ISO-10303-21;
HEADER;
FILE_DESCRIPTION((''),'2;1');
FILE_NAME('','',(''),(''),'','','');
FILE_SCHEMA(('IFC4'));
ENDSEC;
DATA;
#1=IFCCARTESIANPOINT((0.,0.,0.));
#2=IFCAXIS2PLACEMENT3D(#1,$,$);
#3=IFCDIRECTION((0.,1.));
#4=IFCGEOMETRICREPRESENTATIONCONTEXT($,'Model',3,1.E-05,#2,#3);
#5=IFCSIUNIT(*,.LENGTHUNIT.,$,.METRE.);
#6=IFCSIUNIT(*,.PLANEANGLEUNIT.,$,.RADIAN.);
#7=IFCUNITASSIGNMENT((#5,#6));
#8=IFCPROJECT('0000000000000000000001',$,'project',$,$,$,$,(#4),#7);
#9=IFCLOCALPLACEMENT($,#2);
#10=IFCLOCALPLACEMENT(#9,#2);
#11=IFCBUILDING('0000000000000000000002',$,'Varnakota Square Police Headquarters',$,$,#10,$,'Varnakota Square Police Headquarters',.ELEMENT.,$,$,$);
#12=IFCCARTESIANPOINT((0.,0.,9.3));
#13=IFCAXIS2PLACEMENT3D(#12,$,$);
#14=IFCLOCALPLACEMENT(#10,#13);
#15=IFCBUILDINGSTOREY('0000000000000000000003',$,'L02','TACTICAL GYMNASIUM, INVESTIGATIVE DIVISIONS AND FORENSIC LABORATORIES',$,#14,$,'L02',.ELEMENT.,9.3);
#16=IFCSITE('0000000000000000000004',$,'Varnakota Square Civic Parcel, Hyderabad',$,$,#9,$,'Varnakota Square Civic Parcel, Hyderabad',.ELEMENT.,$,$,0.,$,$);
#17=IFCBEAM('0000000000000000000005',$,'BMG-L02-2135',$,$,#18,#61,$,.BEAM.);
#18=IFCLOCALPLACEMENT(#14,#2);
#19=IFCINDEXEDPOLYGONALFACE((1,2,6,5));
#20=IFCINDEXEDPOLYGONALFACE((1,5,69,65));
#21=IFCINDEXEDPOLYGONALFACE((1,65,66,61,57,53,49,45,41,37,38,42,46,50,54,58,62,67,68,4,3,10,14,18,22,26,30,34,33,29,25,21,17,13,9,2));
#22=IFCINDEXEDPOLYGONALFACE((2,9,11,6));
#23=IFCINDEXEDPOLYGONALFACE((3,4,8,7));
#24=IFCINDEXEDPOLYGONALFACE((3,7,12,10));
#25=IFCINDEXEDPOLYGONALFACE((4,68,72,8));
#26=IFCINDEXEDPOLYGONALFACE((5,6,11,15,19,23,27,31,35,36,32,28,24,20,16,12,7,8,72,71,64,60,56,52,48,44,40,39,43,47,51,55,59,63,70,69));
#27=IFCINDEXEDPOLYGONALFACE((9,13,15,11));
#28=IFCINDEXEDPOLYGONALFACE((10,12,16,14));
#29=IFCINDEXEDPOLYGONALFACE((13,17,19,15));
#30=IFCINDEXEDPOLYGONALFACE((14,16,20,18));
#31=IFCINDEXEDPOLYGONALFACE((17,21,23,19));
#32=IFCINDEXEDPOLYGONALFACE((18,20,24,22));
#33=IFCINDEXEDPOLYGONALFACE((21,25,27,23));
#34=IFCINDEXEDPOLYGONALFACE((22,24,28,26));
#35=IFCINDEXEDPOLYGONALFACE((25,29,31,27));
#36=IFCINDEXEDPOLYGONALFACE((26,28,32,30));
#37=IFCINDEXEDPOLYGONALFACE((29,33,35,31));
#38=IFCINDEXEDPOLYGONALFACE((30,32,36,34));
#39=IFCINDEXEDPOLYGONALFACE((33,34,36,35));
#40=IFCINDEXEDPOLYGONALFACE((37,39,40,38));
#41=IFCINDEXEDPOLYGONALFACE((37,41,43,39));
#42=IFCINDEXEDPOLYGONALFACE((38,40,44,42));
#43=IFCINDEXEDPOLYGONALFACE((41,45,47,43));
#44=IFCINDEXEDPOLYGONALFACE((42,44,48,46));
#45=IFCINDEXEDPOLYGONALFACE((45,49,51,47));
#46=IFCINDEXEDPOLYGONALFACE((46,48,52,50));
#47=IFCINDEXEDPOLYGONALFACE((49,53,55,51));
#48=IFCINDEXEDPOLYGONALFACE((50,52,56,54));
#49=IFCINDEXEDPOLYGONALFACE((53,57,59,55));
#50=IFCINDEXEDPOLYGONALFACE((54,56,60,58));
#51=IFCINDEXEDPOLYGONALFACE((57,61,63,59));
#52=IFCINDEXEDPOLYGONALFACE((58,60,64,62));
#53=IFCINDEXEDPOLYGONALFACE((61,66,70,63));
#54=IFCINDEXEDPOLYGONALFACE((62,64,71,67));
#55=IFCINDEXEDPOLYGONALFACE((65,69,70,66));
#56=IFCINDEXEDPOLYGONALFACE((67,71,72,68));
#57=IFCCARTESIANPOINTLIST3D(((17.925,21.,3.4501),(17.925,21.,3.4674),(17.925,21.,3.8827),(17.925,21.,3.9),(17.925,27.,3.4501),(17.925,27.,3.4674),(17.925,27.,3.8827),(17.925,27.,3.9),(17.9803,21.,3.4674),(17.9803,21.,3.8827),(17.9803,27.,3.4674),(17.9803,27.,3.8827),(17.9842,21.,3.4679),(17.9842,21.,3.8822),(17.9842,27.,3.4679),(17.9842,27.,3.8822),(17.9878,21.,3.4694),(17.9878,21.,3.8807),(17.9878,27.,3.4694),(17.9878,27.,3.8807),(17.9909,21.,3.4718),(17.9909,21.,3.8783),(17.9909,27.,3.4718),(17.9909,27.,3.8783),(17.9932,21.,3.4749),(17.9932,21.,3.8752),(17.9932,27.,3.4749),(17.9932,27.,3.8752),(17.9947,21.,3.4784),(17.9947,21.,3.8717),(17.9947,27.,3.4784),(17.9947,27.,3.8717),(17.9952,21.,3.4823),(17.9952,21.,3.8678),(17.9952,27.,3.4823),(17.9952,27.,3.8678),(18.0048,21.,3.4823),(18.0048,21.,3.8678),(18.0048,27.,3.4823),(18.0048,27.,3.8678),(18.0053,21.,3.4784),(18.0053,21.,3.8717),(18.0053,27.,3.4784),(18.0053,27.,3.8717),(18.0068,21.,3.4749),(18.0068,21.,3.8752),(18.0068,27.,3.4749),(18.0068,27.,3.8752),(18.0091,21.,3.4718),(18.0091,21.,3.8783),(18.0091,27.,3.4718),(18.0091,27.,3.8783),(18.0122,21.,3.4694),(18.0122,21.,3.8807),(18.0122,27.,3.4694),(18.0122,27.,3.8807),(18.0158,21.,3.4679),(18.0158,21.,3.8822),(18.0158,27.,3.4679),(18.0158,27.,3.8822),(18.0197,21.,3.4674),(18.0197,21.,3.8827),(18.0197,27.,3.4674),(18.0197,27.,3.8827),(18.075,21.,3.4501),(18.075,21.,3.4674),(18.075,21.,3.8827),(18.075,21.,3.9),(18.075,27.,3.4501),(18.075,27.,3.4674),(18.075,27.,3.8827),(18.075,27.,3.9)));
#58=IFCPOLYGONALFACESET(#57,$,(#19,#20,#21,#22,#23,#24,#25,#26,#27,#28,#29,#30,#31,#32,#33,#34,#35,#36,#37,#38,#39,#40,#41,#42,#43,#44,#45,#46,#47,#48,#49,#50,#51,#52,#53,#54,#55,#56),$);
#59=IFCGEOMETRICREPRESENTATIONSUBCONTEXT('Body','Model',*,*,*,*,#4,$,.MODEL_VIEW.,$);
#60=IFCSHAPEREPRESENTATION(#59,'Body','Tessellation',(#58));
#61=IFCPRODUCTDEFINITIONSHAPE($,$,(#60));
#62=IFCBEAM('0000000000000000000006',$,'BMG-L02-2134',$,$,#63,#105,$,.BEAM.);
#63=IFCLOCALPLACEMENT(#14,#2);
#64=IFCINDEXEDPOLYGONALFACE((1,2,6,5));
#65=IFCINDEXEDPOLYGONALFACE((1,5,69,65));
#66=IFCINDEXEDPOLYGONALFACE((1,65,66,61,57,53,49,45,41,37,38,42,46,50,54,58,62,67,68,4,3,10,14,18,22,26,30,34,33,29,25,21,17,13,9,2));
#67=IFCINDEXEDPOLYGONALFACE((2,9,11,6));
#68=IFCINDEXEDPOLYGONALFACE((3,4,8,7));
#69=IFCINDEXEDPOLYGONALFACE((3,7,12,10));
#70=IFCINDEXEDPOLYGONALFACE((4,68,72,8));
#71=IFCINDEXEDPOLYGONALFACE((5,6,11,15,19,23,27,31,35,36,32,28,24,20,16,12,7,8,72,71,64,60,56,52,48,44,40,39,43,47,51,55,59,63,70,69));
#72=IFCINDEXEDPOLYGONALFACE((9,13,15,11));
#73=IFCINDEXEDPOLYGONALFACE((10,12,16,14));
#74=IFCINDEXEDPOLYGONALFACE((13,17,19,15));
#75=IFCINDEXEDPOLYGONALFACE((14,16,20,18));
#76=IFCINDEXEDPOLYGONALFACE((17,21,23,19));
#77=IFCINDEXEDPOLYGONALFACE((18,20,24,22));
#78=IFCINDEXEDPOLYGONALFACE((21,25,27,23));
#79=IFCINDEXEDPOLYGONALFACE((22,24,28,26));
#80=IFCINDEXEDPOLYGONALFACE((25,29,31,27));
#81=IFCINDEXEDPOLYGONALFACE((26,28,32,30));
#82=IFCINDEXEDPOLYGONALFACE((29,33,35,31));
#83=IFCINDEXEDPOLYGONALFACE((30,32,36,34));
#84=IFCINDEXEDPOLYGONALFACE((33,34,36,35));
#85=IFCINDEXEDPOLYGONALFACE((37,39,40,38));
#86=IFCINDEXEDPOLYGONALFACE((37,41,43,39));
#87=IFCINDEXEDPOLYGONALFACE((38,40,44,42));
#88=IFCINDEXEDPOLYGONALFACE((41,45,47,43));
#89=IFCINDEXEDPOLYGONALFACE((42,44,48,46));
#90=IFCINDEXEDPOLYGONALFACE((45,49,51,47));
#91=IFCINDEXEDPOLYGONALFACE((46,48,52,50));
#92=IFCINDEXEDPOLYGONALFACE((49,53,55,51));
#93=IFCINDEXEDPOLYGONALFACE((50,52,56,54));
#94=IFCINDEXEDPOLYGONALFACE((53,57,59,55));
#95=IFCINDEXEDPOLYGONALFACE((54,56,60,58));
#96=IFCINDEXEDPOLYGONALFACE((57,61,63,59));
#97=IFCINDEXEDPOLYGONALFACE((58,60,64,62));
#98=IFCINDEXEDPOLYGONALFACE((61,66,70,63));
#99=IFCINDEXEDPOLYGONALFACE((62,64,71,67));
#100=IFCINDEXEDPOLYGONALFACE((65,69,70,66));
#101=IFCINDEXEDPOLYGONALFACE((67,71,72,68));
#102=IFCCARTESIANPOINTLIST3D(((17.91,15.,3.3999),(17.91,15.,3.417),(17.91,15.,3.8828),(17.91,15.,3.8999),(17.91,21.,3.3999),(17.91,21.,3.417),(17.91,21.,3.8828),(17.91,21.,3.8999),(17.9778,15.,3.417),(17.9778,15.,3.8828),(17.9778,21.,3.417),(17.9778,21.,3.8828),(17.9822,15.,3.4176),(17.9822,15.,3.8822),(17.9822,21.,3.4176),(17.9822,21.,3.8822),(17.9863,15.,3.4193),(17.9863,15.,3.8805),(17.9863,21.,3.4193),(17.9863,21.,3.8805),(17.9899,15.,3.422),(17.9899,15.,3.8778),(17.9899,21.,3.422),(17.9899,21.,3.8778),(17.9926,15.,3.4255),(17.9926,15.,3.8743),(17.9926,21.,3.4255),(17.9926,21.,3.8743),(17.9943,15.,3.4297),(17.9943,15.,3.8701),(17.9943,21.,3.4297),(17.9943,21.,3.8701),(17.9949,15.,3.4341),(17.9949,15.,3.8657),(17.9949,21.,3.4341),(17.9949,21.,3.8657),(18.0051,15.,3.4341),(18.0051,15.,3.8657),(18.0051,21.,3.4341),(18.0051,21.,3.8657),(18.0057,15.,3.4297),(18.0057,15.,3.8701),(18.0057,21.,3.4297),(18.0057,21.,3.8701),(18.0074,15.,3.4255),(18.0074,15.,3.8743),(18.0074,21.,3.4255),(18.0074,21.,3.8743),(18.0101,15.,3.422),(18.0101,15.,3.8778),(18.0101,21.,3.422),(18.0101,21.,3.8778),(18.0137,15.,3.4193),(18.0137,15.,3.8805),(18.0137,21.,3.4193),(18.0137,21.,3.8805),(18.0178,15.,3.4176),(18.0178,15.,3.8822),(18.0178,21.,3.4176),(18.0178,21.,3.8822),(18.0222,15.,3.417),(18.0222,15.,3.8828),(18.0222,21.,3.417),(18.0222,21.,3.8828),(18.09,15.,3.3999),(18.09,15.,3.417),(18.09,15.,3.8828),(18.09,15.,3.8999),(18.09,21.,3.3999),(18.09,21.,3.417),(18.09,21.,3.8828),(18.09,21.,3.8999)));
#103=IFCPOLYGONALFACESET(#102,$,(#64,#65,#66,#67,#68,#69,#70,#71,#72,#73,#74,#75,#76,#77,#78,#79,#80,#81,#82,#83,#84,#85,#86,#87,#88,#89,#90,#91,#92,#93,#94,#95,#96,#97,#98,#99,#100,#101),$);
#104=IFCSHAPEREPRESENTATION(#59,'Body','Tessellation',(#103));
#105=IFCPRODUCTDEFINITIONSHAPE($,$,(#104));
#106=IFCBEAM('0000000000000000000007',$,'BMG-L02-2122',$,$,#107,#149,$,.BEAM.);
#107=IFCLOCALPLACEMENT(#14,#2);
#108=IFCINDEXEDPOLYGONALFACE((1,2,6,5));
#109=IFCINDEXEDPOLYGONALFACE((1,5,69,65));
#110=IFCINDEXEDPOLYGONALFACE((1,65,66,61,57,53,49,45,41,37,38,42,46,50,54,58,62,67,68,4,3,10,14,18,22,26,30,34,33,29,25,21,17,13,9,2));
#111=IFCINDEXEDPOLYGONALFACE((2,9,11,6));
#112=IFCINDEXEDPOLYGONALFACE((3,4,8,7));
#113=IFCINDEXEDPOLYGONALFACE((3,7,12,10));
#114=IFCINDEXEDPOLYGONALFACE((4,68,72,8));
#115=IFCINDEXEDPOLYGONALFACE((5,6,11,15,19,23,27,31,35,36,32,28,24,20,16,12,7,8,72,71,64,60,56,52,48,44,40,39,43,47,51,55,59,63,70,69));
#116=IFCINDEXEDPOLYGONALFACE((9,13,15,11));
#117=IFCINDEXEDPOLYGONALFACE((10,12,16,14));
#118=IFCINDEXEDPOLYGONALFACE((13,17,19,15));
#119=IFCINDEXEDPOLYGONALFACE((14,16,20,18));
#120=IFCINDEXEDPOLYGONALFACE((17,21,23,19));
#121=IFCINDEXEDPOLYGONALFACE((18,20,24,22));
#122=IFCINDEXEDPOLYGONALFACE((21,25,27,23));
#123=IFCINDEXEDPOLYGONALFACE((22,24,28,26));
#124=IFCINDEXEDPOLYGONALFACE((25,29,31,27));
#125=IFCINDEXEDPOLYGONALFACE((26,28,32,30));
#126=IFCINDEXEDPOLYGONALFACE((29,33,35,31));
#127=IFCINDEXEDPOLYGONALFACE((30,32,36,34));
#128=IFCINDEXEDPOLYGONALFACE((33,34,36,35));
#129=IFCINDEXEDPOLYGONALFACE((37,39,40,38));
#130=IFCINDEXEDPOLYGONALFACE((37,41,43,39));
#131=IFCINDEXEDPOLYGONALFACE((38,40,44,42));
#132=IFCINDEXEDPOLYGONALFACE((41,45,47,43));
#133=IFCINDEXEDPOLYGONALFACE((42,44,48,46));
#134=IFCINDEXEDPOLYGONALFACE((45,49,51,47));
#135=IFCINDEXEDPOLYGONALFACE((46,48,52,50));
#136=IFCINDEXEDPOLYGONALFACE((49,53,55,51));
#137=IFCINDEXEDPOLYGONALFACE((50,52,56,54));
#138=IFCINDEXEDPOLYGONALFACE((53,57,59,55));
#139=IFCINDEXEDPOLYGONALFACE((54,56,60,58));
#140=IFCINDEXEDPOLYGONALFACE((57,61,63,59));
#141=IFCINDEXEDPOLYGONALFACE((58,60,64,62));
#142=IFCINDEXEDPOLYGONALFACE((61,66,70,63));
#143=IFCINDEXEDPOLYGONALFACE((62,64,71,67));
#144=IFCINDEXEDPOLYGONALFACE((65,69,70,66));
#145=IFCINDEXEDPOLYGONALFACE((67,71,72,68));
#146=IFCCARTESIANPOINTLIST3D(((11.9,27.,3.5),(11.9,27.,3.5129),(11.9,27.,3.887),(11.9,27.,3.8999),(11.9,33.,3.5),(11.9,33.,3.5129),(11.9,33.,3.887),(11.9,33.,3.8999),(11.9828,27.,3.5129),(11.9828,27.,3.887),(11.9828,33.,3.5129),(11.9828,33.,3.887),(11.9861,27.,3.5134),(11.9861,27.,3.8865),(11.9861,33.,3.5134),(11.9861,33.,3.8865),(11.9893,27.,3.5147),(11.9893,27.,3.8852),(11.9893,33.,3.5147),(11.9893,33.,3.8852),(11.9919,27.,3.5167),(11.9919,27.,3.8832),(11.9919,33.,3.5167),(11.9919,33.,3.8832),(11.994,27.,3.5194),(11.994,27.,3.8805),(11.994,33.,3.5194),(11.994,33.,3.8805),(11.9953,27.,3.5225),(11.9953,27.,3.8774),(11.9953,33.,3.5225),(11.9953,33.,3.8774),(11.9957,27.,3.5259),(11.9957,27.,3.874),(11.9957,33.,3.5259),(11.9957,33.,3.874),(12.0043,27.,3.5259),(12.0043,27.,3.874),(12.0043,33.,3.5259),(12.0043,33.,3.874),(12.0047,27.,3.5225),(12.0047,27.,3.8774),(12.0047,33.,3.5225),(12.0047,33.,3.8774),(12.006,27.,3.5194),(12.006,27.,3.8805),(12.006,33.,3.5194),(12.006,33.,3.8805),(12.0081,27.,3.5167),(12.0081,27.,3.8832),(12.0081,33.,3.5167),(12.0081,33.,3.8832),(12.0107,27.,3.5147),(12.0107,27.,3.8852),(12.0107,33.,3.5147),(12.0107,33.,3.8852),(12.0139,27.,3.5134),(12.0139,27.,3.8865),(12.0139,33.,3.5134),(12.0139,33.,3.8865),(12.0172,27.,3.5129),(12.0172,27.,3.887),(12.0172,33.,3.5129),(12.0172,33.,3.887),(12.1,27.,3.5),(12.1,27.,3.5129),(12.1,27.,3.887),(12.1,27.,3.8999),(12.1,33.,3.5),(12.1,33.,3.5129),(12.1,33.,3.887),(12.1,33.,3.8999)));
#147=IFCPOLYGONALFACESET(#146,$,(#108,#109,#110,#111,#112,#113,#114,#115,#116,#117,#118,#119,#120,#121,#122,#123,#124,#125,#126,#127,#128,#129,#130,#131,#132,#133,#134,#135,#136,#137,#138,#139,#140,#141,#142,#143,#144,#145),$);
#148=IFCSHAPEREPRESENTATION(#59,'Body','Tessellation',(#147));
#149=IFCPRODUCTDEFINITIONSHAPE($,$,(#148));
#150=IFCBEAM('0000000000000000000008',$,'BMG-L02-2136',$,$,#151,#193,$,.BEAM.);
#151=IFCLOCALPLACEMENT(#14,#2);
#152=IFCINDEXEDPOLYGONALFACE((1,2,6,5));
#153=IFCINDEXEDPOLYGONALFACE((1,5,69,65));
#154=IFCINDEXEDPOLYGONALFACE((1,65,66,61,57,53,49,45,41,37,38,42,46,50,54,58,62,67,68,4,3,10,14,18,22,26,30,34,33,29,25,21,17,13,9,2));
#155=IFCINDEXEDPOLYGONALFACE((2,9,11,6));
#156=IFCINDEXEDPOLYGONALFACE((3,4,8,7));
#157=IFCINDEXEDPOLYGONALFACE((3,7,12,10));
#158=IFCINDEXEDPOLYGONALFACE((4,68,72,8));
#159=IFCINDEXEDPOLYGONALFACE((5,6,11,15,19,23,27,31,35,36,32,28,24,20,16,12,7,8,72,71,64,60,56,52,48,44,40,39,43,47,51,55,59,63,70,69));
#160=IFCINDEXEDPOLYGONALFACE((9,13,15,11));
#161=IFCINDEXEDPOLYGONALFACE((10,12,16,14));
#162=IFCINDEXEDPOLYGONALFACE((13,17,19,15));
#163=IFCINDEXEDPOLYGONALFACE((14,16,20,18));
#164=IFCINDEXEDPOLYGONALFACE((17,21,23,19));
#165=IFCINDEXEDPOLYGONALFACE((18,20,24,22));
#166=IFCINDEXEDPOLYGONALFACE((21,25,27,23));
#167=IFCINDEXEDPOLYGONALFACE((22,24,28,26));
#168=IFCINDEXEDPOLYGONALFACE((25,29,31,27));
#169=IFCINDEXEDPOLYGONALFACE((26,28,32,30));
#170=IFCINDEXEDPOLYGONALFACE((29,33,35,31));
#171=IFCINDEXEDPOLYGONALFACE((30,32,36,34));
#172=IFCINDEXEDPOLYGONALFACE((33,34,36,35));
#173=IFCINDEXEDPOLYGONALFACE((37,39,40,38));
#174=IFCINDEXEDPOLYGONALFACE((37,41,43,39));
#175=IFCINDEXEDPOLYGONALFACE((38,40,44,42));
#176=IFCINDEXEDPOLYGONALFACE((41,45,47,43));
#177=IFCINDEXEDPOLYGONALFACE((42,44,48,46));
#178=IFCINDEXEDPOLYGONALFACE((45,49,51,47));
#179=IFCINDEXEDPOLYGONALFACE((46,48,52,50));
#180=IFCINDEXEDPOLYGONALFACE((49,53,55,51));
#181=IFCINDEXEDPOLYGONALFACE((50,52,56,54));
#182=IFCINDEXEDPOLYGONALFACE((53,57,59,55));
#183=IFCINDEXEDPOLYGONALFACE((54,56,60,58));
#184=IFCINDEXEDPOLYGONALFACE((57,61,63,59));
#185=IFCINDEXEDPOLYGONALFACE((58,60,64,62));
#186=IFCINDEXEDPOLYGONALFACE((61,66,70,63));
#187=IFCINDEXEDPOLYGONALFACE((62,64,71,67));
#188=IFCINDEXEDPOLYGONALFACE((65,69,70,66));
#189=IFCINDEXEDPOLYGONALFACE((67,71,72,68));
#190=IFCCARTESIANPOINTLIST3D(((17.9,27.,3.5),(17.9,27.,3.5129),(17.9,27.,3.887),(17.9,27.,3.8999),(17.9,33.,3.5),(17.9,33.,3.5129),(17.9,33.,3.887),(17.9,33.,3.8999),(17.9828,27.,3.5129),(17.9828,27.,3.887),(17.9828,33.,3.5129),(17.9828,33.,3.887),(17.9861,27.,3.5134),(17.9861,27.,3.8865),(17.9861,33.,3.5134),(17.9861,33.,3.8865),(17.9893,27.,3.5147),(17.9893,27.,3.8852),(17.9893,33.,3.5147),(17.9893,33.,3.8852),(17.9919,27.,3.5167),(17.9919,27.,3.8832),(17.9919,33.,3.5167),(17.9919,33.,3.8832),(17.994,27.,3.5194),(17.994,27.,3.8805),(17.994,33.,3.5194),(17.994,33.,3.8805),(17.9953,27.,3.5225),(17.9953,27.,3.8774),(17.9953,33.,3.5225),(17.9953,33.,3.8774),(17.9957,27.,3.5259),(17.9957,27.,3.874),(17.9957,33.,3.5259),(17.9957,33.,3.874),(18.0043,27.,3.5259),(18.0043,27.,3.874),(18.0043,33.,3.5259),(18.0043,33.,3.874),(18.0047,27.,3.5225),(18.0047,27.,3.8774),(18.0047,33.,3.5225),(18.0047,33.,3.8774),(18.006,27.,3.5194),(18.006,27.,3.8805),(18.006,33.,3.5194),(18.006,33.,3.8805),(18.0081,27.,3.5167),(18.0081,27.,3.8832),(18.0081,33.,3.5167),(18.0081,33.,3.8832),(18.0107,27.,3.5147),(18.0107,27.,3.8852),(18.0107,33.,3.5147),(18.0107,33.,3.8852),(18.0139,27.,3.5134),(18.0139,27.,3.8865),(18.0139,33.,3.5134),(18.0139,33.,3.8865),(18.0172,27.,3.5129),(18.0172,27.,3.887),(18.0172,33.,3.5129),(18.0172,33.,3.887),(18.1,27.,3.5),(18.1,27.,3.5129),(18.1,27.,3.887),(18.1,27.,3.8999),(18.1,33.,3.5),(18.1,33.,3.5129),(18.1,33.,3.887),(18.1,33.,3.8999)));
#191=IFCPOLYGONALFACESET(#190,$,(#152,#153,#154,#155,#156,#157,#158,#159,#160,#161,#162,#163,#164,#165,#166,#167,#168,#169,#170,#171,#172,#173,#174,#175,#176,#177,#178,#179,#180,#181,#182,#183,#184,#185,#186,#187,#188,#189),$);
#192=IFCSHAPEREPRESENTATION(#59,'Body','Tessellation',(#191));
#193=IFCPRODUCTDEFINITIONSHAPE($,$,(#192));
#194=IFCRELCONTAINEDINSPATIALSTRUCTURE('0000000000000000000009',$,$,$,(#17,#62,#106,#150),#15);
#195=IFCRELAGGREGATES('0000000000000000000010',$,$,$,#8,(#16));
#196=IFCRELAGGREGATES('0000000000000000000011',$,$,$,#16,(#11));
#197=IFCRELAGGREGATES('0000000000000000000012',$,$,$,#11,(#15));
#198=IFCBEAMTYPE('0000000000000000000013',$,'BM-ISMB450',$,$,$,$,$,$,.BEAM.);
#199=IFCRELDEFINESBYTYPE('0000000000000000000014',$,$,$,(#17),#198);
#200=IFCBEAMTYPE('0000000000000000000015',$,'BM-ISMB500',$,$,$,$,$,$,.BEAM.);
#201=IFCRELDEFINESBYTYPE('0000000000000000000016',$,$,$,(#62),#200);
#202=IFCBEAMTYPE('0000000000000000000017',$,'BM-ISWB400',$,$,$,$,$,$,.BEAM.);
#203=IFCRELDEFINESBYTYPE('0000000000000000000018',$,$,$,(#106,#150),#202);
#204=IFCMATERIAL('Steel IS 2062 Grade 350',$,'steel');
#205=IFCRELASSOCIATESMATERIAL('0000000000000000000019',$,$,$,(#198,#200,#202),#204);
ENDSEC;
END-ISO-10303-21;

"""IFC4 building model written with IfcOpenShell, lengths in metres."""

from ifc_helpers import new_model, si_unit, direction, frame, origin, origin_2d, place, context, subcontext, project, spatial, i_section, extrude, material, material_profile, profile_set, type_object, element, save


model = new_model("IFC4")

# Units and contexts
model_context = context("Model", 3, precision=1e-05, world=origin(), true_north=direction((0.0, 1.0)))
body_context = subcontext(model_context, "Body", "Model", "MODEL_VIEW")
ifc_project = project(units=[si_unit("LENGTHUNIT", "METRE"), si_unit("PLANEANGLEUNIT", "RADIAN")], contexts=[model_context])

# Site, building, storey
site_placement = place(None, origin())
site = spatial("IfcSite", under=ifc_project, at=site_placement, Name="Varnakota Square Civic Parcel, Hyderabad", LongName="Varnakota Square Civic Parcel, Hyderabad", CompositionType="ELEMENT", RefElevation=0.0)
building_placement = place(site_placement, origin())
building = spatial("IfcBuilding", under=site, at=building_placement, Name="Varnakota Square Police Headquarters", LongName="Varnakota Square Police Headquarters", CompositionType="ELEMENT")
storey_placement = place(building_placement, frame((0.0, 0.0, 9.3)))
storey = spatial("IfcBuildingStorey", under=building, at=storey_placement, Name="L02", Description="TACTICAL GYMNASIUM, INVESTIGATIVE DIVISIONS AND FORENSIC LABORATORIES", LongName="L02", CompositionType="ELEMENT", Elevation=9.3)

# Shared definitions
ifc_material_1 = material(Name="Steel IS 2062 Grade 350", Category="steel")

# Beams
ifc_material_profile_1 = material_profile(ifc_material_1, i_section(OverallWidth=0.1499, OverallDepth=0.45, WebThickness=0.0095, FlangeThickness=0.0173, FilletRadius=0.0149, at=origin_2d()), Name="ISMB 450")
ifc_profile_set_1 = profile_set([ifc_material_profile_1], Name="Steel IS 2062 Grade 350")
beam_type_1 = type_object("IfcBeamType", Name="BM-ISMB450", PredefinedType="BEAM", material=ifc_profile_set_1)
beam_1_placement = place(storey_placement, frame((18.0, 21.0, 3.675), z_axis=(0.0, 1.0, 0.0), x_axis=(-1.0, 0.0, 0.0)))
element("IfcBeam", 1, at=beam_1_placement, inside=storey, type_object=beam_type_1, Name="BMG-L02-2135", PredefinedType="BEAM", context=body_context, shape_type="SweptSolid", body=[
    extrude(i_section(OverallWidth=0.1499, OverallDepth=0.45, WebThickness=0.0095, FlangeThickness=0.0173, FilletRadius=0.0149, at=origin_2d()), origin(), (0.0, 0.0, 1.0), 6.0),
])
ifc_material_profile_2 = material_profile(ifc_material_1, i_section(OverallWidth=0.1799, OverallDepth=0.5, WebThickness=0.0103, FlangeThickness=0.0171, FilletRadius=0.0171, at=origin_2d()), Name="ISMB 500")
ifc_profile_set_2 = profile_set([ifc_material_profile_2], Name="Steel IS 2062 Grade 350")
beam_type_2 = type_object("IfcBeamType", Name="BM-ISMB500", PredefinedType="BEAM", material=ifc_profile_set_2)
beam_2_placement = place(storey_placement, frame((18.0, 15.0, 3.6499), z_axis=(0.0, 1.0, 0.0), x_axis=(-1.0, 0.0, 0.0)))
element("IfcBeam", 2, at=beam_2_placement, inside=storey, type_object=beam_type_2, Name="BMG-L02-2134", PredefinedType="BEAM", context=body_context, shape_type="SweptSolid", body=[
    extrude(i_section(OverallWidth=0.1799, OverallDepth=0.5, WebThickness=0.0103, FlangeThickness=0.0171, FilletRadius=0.0171, at=origin_2d()), origin(), (0.0, 0.0, 1.0), 6.0),
])
ifc_material_profile_3 = material_profile(ifc_material_1, i_section(OverallWidth=0.2, OverallDepth=0.3999, WebThickness=0.0085, FlangeThickness=0.0129, FilletRadius=0.0129, at=origin_2d()), Name="ISWB 400")
ifc_profile_set_3 = profile_set([ifc_material_profile_3], Name="Steel IS 2062 Grade 350")
beam_type_3 = type_object("IfcBeamType", Name="BM-ISWB400", PredefinedType="BEAM", material=ifc_profile_set_3)
for number, where, z_axis, x_axis, name in (
    (3, (12.0, 27.0, 3.7), (0.0, 1.0, 0.0), (-1.0, 0.0, 0.0), "BMG-L02-2122"),
    (4, (18.0, 27.0, 3.7), (0.0, 1.0, 0.0), (-1.0, 0.0, 0.0), "BMG-L02-2136"),
):
    element("IfcBeam", number, at=place(storey_placement, frame(where, z_axis=z_axis, x_axis=x_axis)), inside=storey, type_object=beam_type_3, Name=name, PredefinedType="BEAM", context=body_context, shape_type="SweptSolid", body=[
        extrude(i_section(OverallWidth=0.2, OverallDepth=0.3999, WebThickness=0.0085, FlangeThickness=0.0129, FilletRadius=0.0129, at=origin_2d()), origin(), (0.0, 0.0, 1.0), 6.0),
    ])

save(model, "model.ifc")
